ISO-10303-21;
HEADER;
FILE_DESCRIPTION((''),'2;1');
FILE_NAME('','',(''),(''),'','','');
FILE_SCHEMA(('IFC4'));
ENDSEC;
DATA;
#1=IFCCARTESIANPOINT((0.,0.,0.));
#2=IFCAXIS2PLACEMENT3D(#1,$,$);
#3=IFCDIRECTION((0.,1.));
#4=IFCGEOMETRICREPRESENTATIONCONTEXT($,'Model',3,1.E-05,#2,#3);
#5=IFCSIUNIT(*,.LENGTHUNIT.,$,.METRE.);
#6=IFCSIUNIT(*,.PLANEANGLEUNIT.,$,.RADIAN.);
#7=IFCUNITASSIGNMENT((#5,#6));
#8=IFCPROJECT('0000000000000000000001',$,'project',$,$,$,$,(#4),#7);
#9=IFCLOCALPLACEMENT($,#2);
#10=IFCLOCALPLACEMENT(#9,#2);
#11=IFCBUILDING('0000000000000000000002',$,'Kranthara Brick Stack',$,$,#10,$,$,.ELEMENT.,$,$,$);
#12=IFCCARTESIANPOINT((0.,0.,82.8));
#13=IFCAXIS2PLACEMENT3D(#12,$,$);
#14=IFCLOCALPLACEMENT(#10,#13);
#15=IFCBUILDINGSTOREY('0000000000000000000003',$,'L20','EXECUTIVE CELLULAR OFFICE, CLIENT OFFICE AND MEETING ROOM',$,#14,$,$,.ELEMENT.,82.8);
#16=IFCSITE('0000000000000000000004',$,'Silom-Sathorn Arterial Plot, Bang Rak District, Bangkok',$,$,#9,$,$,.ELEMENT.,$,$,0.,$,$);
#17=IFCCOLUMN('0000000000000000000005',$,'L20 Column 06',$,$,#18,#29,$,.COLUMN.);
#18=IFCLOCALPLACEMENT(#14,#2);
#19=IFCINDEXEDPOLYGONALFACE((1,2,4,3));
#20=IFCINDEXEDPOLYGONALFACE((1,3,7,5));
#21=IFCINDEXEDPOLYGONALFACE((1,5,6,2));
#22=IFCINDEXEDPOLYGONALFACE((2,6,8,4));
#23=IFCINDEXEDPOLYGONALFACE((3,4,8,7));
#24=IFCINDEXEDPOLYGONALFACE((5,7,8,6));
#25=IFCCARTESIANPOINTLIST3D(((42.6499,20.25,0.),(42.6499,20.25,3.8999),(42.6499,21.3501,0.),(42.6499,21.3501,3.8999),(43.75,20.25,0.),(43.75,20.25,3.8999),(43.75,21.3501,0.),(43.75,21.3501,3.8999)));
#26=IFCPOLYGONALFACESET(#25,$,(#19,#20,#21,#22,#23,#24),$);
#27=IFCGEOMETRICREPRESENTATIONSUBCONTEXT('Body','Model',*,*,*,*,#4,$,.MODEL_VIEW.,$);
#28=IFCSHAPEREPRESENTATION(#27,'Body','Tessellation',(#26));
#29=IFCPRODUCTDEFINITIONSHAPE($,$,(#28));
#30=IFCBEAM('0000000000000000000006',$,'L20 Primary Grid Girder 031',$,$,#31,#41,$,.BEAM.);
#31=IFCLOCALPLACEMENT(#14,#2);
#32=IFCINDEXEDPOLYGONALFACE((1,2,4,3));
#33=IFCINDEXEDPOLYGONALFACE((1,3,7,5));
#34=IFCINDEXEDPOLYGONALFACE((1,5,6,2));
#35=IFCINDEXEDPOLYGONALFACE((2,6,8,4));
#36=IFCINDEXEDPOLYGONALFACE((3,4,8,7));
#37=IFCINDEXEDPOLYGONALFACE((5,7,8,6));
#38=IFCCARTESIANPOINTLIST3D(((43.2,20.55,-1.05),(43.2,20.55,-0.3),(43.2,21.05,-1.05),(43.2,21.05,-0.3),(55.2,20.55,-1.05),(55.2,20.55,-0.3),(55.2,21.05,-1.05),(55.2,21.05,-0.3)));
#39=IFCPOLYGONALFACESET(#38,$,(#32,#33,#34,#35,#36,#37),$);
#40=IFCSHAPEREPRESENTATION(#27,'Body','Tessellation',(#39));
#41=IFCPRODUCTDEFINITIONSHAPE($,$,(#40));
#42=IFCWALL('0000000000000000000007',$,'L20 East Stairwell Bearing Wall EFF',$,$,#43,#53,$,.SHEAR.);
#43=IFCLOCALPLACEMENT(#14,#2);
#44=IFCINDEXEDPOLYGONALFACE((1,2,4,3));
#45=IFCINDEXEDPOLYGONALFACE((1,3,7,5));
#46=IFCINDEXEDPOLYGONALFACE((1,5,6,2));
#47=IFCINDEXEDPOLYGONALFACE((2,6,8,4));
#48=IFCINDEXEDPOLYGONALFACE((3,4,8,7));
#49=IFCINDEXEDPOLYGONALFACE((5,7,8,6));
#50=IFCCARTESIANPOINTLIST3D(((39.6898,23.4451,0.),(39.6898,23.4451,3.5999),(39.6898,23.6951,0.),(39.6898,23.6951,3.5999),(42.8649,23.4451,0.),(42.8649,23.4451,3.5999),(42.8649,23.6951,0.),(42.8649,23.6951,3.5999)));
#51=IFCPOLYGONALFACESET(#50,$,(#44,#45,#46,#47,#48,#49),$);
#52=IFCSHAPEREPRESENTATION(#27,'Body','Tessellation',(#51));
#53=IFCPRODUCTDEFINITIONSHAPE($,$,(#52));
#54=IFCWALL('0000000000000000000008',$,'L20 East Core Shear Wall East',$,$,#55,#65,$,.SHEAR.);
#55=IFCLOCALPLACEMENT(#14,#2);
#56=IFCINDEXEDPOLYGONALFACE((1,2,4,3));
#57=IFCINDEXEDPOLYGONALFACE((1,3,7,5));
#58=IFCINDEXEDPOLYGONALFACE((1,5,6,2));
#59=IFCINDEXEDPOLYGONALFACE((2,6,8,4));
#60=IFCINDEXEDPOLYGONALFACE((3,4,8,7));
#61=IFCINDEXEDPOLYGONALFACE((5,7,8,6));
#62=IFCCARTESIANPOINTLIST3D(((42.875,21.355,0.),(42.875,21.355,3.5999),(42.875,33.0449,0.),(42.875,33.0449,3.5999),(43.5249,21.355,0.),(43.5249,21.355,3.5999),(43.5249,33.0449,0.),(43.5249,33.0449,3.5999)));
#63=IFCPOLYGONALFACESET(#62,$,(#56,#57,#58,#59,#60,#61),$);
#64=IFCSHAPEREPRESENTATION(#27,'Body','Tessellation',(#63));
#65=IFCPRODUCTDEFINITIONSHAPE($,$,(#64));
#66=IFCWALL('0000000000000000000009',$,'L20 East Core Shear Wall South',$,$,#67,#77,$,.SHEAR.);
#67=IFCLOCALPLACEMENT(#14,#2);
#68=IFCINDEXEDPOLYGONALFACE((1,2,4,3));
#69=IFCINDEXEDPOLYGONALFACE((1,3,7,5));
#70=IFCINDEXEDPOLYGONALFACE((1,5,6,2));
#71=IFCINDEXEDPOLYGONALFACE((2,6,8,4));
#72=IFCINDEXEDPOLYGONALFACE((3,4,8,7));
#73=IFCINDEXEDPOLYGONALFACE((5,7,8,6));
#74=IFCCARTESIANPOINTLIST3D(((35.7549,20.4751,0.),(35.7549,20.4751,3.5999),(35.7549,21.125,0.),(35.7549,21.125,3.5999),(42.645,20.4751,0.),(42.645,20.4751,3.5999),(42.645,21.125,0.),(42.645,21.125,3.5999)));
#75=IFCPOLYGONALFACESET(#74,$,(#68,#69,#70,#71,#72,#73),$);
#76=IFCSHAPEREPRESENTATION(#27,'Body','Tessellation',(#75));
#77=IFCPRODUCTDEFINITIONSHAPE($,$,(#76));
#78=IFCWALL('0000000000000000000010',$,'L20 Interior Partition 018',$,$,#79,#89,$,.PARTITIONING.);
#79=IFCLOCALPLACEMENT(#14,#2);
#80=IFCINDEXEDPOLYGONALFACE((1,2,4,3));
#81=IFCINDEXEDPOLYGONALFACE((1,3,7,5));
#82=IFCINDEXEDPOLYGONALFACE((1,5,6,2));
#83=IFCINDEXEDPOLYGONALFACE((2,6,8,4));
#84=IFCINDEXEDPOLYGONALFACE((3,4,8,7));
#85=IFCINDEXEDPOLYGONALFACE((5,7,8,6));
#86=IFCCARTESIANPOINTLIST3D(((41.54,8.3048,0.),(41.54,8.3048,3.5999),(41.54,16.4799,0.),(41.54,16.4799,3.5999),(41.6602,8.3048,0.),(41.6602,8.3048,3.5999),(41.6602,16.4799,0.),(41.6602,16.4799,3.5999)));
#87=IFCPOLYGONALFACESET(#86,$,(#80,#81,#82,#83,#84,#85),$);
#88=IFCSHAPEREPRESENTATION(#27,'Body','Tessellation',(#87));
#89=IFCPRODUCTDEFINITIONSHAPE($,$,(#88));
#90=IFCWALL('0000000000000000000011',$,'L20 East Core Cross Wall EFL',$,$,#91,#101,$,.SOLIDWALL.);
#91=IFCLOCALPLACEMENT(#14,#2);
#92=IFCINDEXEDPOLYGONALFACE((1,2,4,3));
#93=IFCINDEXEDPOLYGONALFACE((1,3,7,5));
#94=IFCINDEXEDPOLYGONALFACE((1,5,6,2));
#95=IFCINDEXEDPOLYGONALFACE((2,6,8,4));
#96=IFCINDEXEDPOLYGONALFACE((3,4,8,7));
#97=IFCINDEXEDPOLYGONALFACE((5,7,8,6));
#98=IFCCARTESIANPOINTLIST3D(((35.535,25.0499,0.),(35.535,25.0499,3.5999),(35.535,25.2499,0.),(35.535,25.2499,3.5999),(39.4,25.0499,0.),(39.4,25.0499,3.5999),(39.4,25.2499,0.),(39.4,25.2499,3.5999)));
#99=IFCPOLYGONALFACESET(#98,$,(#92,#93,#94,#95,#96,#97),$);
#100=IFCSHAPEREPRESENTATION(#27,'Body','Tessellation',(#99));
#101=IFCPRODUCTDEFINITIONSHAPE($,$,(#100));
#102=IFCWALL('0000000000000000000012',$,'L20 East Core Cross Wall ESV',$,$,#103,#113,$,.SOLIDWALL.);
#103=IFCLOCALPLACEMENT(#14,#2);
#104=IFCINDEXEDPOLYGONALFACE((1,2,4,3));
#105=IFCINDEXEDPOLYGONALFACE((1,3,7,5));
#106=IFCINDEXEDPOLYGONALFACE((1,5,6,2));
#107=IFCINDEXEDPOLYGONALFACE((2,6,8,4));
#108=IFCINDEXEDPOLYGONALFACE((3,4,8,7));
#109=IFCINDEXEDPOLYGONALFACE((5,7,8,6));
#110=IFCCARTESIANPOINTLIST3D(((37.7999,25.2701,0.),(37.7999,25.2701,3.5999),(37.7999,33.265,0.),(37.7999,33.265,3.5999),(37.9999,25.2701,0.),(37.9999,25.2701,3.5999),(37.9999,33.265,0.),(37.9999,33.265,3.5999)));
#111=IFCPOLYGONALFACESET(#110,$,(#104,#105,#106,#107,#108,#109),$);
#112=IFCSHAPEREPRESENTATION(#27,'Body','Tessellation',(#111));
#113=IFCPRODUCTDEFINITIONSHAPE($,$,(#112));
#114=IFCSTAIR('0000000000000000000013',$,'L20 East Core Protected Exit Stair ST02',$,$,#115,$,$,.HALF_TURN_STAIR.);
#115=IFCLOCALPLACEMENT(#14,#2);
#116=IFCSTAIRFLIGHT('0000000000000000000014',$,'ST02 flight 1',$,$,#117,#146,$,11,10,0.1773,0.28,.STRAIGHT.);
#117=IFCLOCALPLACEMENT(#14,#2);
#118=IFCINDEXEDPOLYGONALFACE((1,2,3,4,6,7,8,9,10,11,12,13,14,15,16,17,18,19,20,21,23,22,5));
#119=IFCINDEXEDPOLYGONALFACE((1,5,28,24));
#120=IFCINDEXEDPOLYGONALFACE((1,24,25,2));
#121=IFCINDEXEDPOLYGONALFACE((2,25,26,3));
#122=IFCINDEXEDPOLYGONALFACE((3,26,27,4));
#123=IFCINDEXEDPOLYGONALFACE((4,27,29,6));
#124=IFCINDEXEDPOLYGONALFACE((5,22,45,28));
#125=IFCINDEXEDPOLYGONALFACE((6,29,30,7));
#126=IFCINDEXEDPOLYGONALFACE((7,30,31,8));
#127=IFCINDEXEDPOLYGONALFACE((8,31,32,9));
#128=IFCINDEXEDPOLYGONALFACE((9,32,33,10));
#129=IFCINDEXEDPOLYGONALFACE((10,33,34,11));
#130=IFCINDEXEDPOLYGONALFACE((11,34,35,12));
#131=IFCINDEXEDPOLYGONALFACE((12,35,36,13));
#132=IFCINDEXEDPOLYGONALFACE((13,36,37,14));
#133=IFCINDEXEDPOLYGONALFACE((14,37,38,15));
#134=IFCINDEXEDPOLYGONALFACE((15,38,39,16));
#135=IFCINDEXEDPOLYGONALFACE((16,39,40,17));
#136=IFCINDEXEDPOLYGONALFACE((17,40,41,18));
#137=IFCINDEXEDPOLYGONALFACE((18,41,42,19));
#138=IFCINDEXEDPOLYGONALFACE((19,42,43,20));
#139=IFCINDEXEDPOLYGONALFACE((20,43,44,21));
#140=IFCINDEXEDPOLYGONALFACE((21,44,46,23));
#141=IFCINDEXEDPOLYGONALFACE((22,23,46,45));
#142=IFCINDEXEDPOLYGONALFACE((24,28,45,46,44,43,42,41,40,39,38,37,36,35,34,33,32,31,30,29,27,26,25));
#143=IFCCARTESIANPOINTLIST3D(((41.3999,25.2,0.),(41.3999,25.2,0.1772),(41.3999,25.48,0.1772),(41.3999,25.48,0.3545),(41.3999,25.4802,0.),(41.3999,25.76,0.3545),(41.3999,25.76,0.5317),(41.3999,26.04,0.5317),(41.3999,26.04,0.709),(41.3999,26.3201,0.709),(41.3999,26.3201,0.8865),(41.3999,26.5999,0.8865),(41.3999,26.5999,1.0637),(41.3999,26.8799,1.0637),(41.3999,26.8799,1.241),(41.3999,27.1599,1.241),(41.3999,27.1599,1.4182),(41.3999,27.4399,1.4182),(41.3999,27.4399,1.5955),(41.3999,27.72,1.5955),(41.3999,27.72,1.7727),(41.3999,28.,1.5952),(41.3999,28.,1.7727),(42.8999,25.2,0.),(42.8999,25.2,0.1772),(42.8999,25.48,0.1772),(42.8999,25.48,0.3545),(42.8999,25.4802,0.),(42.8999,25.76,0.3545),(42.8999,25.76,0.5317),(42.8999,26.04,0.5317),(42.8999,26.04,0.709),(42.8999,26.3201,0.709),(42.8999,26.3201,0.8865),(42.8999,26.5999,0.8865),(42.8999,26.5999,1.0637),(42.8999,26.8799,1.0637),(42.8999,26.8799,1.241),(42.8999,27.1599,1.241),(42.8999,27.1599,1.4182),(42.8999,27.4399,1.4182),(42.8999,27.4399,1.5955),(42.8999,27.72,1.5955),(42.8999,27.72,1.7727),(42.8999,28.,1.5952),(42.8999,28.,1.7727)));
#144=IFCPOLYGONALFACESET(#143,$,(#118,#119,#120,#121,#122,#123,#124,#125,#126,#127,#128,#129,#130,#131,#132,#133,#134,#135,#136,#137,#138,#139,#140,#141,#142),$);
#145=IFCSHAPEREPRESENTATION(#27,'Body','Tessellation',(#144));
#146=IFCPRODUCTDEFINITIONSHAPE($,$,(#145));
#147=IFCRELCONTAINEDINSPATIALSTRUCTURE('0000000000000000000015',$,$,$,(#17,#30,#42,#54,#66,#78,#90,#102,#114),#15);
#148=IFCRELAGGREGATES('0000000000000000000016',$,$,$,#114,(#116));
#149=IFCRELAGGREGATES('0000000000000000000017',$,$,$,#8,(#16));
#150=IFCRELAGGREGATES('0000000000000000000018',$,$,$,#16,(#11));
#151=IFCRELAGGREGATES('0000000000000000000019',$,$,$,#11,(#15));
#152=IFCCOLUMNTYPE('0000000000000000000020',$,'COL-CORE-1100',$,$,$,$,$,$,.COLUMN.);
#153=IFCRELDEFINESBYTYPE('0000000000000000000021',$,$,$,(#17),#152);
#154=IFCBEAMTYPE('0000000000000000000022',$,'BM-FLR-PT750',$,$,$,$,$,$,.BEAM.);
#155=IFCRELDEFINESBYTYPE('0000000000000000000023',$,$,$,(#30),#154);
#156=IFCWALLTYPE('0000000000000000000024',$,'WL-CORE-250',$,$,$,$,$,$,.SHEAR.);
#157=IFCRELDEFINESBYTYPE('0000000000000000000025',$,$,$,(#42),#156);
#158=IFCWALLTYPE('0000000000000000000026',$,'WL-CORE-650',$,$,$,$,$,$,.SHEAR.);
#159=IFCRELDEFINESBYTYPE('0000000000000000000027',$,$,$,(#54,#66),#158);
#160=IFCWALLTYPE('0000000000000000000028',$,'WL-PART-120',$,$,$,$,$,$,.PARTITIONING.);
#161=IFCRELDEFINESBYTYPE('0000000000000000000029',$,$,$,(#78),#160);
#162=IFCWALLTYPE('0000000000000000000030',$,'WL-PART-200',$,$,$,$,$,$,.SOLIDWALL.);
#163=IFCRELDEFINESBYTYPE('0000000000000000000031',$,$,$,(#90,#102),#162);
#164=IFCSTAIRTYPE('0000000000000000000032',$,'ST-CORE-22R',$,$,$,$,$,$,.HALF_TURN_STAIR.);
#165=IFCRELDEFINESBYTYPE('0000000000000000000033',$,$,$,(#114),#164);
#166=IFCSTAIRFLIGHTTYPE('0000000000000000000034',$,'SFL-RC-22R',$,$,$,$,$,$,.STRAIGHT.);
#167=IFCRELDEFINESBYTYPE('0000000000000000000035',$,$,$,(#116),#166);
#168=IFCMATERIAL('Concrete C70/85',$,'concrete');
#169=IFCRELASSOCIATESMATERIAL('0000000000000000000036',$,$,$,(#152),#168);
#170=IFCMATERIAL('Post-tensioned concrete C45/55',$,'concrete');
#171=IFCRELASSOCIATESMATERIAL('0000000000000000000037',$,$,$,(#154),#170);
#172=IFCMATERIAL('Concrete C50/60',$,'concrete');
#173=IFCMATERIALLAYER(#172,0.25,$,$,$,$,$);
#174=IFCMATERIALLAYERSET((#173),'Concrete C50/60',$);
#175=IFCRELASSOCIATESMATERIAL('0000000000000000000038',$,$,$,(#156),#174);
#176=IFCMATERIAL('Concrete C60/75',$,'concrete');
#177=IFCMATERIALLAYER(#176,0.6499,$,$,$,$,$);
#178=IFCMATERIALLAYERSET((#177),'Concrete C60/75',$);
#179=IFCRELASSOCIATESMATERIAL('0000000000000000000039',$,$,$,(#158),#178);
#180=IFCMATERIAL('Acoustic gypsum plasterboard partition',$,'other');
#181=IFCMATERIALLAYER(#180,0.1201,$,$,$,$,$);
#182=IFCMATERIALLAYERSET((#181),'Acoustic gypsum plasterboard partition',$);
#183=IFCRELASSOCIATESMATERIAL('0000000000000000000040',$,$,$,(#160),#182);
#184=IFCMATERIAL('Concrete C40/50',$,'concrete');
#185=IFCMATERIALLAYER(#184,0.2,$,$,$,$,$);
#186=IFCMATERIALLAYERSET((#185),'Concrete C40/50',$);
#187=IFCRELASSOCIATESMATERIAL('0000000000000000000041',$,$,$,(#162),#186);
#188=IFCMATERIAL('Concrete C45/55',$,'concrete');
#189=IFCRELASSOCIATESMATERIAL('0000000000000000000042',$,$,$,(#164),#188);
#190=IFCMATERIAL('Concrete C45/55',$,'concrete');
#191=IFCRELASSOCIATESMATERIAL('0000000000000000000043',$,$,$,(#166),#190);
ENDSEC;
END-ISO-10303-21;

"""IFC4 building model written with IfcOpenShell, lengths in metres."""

from ifc_helpers import new_model, si_unit, direction, frame, frame_2d, origin, origin_2d, place, context, subcontext, project, spatial, polyline, rectangle, outline, extrude, material, layer, layer_set, material_profile, profile_set, type_object, element, aggregate, save


model = new_model("IFC4")

# Units and contexts
model_context = context("Model", 3, precision=1e-05, world=origin(), true_north=direction((0.0, 1.0)))
body_context = subcontext(model_context, "Body", "Model", "MODEL_VIEW")
ifc_project = project(units=[si_unit("LENGTHUNIT", "METRE"), si_unit("PLANEANGLEUNIT", "RADIAN")], contexts=[model_context])

# Site, building, storey
site_placement = place(None, origin())
site = spatial("IfcSite", under=ifc_project, at=site_placement, Name="Silom-Sathorn Arterial Plot, Bang Rak District, Bangkok", CompositionType="ELEMENT", RefElevation=0.0)
building_placement = place(site_placement, origin())
building = spatial("IfcBuilding", under=site, at=building_placement, Name="Kranthara Brick Stack", CompositionType="ELEMENT")
storey_placement = place(building_placement, frame((0.0, 0.0, 82.8)))
storey = spatial("IfcBuildingStorey", under=building, at=storey_placement, Name="L20", Description="EXECUTIVE CELLULAR OFFICE, CLIENT OFFICE AND MEETING ROOM", CompositionType="ELEMENT", Elevation=82.8)

# Column
ifc_material_1 = material(Name="Concrete C70/85", Category="concrete")
ifc_material_profile_1 = material_profile(ifc_material_1, rectangle(XDim=1.1001, YDim=1.1001, at=origin_2d()), Name="RC 1100x1100")
ifc_profile_set_1 = profile_set([ifc_material_profile_1], Name="Concrete C70/85")
column_type = type_object("IfcColumnType", Name="COL-CORE-1100", PredefinedType="COLUMN", material=ifc_profile_set_1)
column_placement = place(storey_placement, frame((43.2, 20.8, 0.0), z_axis=(0.0, 0.0, 1.0), x_axis=(1.0, 0.0, 0.0)))
element("IfcColumn", 1, at=column_placement, inside=storey, type_object=column_type, Name="L20 Column 06", PredefinedType="COLUMN", context=body_context, shape_type="SweptSolid", body=[
    extrude(rectangle(XDim=1.1001, YDim=1.1001, at=origin_2d()), origin(), (0.0, 0.0, 1.0), 3.8999),
])

# Beam
ifc_material_2 = material(Name="Post-tensioned concrete C45/55", Category="concrete")
ifc_material_profile_2 = material_profile(ifc_material_2, rectangle(XDim=0.5, YDim=0.75, at=origin_2d()), Name="PT 500x750")
ifc_profile_set_2 = profile_set([ifc_material_profile_2], Name="Post-tensioned concrete C45/55")
beam_type = type_object("IfcBeamType", Name="BM-FLR-PT750", PredefinedType="BEAM", material=ifc_profile_set_2)
beam_placement = place(storey_placement, frame((43.2, 20.8, -0.675), z_axis=(1.0, 0.0, 0.0), x_axis=(0.0, 1.0, 0.0)))
element("IfcBeam", 2, at=beam_placement, inside=storey, type_object=beam_type, Name="L20 Primary Grid Girder 031", PredefinedType="BEAM", context=body_context, shape_type="SweptSolid", body=[
    extrude(rectangle(XDim=0.5, YDim=0.75, at=origin_2d()), origin(), (0.0, 0.0, 1.0), 12.0),
])

# Shared definitions
ifc_material_3 = material(Name="Concrete C50/60", Category="concrete")
ifc_layer_1 = layer(ifc_material_3, 0.25)
ifc_layer_set_1 = layer_set([ifc_layer_1], Name="Concrete C50/60")
wall_type_1 = type_object("IfcWallType", Name="WL-CORE-250", PredefinedType="SHEAR", material=ifc_layer_set_1)

# Walls
wall_1_placement = place(storey_placement, frame((39.6899, 23.5701, 0.0), z_axis=(0.0, 0.0, 1.0), x_axis=(1.0, 0.0, 0.0)))
element("IfcWall", 3, at=wall_1_placement, inside=storey, type_object=wall_type_1, Name="L20 East Stairwell Bearing Wall EFF", PredefinedType="SHEAR", context=body_context, shape_type="SweptSolid", body=[
    extrude(rectangle(XDim=3.175, YDim=0.25, at=frame_2d((1.5874, 0.0))), origin(), (0.0, 0.0, 1.0), 3.5999),
])
ifc_material_4 = material(Name="Concrete C60/75", Category="concrete")
ifc_layer_2 = layer(ifc_material_4, 0.6499)
ifc_layer_set_2 = layer_set([ifc_layer_2], Name="Concrete C60/75")
wall_type_2 = type_object("IfcWallType", Name="WL-CORE-650", PredefinedType="SHEAR", material=ifc_layer_set_2)
wall_2_placement = place(storey_placement, frame((43.2, 21.355, 0.0), z_axis=(0.0, 0.0, 1.0), x_axis=(0.0, 1.0, 0.0)))
element("IfcWall", 4, at=wall_2_placement, inside=storey, type_object=wall_type_2, Name="L20 East Core Shear Wall East", PredefinedType="SHEAR", context=body_context, shape_type="SweptSolid", body=[
    extrude(rectangle(XDim=11.6899, YDim=0.6499, at=frame_2d((5.845, 0.0))), origin(), (0.0, 0.0, 1.0), 3.5999),
])
wall_3_placement = place(storey_placement, frame((35.7549, 20.8, 0.0), z_axis=(0.0, 0.0, 1.0), x_axis=(1.0, 0.0, 0.0)))
element("IfcWall", 5, at=wall_3_placement, inside=storey, type_object=wall_type_2, Name="L20 East Core Shear Wall South", PredefinedType="SHEAR", context=body_context, shape_type="SweptSolid", body=[
    extrude(rectangle(XDim=6.8901, YDim=0.6499, at=frame_2d((3.4451, 0.0))), origin(), (0.0, 0.0, 1.0), 3.5999),
])
ifc_material_5 = material(Name="Acoustic gypsum plasterboard partition", Category="other")
ifc_layer_3 = layer(ifc_material_5, 0.1201)
ifc_layer_set_3 = layer_set([ifc_layer_3], Name="Acoustic gypsum plasterboard partition")
wall_type_3 = type_object("IfcWallType", Name="WL-PART-120", PredefinedType="PARTITIONING", material=ifc_layer_set_3)
wall_4_placement = place(storey_placement, frame((41.6001, 8.3049, 0.0), z_axis=(0.0, 0.0, 1.0), x_axis=(0.0, 1.0, 0.0)))
element("IfcWall", 6, at=wall_4_placement, inside=storey, type_object=wall_type_3, Name="L20 Interior Partition 018", PredefinedType="PARTITIONING", context=body_context, shape_type="SweptSolid", body=[
    extrude(rectangle(XDim=8.175, YDim=0.1201, at=frame_2d((4.0874, 0.0))), origin(), (0.0, 0.0, 1.0), 3.5999),
])
ifc_material_6 = material(Name="Concrete C40/50", Category="concrete")
ifc_layer_4 = layer(ifc_material_6, 0.2)
ifc_layer_set_4 = layer_set([ifc_layer_4], Name="Concrete C40/50")
wall_type_4 = type_object("IfcWallType", Name="WL-PART-200", PredefinedType="SOLIDWALL", material=ifc_layer_set_4)
wall_5_placement = place(storey_placement, frame((35.5349, 25.1499, 0.0), z_axis=(0.0, 0.0, 1.0), x_axis=(1.0, 0.0, 0.0)))
element("IfcWall", 7, at=wall_5_placement, inside=storey, type_object=wall_type_4, Name="L20 East Core Cross Wall EFL", PredefinedType="SOLIDWALL", context=body_context, shape_type="SweptSolid", body=[
    extrude(rectangle(XDim=3.865, YDim=0.2, at=frame_2d((1.9326, 0.0))), origin(), (0.0, 0.0, 1.0), 3.5999),
])
wall_6_placement = place(storey_placement, frame((37.8999, 25.27, 0.0), z_axis=(0.0, 0.0, 1.0), x_axis=(0.0, 1.0, 0.0)))
element("IfcWall", 8, at=wall_6_placement, inside=storey, type_object=wall_type_4, Name="L20 East Core Cross Wall ESV", PredefinedType="SOLIDWALL", context=body_context, shape_type="SweptSolid", body=[
    extrude(rectangle(XDim=7.9949, YDim=0.2, at=frame_2d((3.9976, 0.0))), origin(), (0.0, 0.0, 1.0), 3.5999),
])

# Stair, stair flight
ifc_material_7 = material(Name="Concrete C45/55", Category="concrete")
stair_type = type_object("IfcStairType", Name="ST-CORE-22R", PredefinedType="HALF_TURN_STAIR", material=ifc_material_7)
stair_placement = place(storey_placement, origin())
stair = element("IfcStair", 9, at=stair_placement, inside=storey, type_object=stair_type, Name="L20 East Core Protected Exit Stair ST02", PredefinedType="HALF_TURN_STAIR")
ifc_material_8 = material(Name="Concrete C45/55", Category="concrete")
stair_flight_type = type_object("IfcStairFlightType", Name="SFL-RC-22R", PredefinedType="STRAIGHT", material=ifc_material_8)
stair_flight_placement = place(storey_placement, frame((42.1499, 25.2, 0.0), z_axis=(0.0, 0.0, 1.0), x_axis=(0.0, 1.0, 0.0)))
stair_flight = element("IfcStairFlight", 10, at=stair_flight_placement, type_object=stair_flight_type, Name="ST02 flight 1", NumberOfRisers=11, NumberOfTreads=10, PredefinedType="STRAIGHT", RiserHeight=0.1773, TreadLength=0.28, context=body_context, shape_type="SweptSolid", body=[
    extrude(outline(polyline([(0.0, 0.0), (0.0, 0.1772), (0.28, 0.1772), (0.28, 0.3545), (0.5601, 0.3545), (0.5601, 0.5317), (0.8401, 0.5317), (0.8401, 0.709), (1.1201, 0.709), (1.1201, 0.8865), (1.3999, 0.8865), (1.3999, 1.0637), (1.6799, 1.0637), (1.6799, 1.241), (1.96, 1.241), (1.96, 1.4182), (2.24, 1.4182), (2.24, 1.5955), (2.52, 1.5955), (2.52, 1.7727), (2.8, 1.7727), (2.8, 1.95), (2.8, 1.5952), (0.2803, 0.0), (0.0, 0.0)])), frame((0.0, 0.75, 0.0), z_axis=(0.0, -1.0, 0.0), x_axis=(1.0, 0.0, 0.0)), (0.0, 0.0, 1.0), 1.5),
])
aggregate(stair, [stair_flight])

save(model, "model.ifc")
